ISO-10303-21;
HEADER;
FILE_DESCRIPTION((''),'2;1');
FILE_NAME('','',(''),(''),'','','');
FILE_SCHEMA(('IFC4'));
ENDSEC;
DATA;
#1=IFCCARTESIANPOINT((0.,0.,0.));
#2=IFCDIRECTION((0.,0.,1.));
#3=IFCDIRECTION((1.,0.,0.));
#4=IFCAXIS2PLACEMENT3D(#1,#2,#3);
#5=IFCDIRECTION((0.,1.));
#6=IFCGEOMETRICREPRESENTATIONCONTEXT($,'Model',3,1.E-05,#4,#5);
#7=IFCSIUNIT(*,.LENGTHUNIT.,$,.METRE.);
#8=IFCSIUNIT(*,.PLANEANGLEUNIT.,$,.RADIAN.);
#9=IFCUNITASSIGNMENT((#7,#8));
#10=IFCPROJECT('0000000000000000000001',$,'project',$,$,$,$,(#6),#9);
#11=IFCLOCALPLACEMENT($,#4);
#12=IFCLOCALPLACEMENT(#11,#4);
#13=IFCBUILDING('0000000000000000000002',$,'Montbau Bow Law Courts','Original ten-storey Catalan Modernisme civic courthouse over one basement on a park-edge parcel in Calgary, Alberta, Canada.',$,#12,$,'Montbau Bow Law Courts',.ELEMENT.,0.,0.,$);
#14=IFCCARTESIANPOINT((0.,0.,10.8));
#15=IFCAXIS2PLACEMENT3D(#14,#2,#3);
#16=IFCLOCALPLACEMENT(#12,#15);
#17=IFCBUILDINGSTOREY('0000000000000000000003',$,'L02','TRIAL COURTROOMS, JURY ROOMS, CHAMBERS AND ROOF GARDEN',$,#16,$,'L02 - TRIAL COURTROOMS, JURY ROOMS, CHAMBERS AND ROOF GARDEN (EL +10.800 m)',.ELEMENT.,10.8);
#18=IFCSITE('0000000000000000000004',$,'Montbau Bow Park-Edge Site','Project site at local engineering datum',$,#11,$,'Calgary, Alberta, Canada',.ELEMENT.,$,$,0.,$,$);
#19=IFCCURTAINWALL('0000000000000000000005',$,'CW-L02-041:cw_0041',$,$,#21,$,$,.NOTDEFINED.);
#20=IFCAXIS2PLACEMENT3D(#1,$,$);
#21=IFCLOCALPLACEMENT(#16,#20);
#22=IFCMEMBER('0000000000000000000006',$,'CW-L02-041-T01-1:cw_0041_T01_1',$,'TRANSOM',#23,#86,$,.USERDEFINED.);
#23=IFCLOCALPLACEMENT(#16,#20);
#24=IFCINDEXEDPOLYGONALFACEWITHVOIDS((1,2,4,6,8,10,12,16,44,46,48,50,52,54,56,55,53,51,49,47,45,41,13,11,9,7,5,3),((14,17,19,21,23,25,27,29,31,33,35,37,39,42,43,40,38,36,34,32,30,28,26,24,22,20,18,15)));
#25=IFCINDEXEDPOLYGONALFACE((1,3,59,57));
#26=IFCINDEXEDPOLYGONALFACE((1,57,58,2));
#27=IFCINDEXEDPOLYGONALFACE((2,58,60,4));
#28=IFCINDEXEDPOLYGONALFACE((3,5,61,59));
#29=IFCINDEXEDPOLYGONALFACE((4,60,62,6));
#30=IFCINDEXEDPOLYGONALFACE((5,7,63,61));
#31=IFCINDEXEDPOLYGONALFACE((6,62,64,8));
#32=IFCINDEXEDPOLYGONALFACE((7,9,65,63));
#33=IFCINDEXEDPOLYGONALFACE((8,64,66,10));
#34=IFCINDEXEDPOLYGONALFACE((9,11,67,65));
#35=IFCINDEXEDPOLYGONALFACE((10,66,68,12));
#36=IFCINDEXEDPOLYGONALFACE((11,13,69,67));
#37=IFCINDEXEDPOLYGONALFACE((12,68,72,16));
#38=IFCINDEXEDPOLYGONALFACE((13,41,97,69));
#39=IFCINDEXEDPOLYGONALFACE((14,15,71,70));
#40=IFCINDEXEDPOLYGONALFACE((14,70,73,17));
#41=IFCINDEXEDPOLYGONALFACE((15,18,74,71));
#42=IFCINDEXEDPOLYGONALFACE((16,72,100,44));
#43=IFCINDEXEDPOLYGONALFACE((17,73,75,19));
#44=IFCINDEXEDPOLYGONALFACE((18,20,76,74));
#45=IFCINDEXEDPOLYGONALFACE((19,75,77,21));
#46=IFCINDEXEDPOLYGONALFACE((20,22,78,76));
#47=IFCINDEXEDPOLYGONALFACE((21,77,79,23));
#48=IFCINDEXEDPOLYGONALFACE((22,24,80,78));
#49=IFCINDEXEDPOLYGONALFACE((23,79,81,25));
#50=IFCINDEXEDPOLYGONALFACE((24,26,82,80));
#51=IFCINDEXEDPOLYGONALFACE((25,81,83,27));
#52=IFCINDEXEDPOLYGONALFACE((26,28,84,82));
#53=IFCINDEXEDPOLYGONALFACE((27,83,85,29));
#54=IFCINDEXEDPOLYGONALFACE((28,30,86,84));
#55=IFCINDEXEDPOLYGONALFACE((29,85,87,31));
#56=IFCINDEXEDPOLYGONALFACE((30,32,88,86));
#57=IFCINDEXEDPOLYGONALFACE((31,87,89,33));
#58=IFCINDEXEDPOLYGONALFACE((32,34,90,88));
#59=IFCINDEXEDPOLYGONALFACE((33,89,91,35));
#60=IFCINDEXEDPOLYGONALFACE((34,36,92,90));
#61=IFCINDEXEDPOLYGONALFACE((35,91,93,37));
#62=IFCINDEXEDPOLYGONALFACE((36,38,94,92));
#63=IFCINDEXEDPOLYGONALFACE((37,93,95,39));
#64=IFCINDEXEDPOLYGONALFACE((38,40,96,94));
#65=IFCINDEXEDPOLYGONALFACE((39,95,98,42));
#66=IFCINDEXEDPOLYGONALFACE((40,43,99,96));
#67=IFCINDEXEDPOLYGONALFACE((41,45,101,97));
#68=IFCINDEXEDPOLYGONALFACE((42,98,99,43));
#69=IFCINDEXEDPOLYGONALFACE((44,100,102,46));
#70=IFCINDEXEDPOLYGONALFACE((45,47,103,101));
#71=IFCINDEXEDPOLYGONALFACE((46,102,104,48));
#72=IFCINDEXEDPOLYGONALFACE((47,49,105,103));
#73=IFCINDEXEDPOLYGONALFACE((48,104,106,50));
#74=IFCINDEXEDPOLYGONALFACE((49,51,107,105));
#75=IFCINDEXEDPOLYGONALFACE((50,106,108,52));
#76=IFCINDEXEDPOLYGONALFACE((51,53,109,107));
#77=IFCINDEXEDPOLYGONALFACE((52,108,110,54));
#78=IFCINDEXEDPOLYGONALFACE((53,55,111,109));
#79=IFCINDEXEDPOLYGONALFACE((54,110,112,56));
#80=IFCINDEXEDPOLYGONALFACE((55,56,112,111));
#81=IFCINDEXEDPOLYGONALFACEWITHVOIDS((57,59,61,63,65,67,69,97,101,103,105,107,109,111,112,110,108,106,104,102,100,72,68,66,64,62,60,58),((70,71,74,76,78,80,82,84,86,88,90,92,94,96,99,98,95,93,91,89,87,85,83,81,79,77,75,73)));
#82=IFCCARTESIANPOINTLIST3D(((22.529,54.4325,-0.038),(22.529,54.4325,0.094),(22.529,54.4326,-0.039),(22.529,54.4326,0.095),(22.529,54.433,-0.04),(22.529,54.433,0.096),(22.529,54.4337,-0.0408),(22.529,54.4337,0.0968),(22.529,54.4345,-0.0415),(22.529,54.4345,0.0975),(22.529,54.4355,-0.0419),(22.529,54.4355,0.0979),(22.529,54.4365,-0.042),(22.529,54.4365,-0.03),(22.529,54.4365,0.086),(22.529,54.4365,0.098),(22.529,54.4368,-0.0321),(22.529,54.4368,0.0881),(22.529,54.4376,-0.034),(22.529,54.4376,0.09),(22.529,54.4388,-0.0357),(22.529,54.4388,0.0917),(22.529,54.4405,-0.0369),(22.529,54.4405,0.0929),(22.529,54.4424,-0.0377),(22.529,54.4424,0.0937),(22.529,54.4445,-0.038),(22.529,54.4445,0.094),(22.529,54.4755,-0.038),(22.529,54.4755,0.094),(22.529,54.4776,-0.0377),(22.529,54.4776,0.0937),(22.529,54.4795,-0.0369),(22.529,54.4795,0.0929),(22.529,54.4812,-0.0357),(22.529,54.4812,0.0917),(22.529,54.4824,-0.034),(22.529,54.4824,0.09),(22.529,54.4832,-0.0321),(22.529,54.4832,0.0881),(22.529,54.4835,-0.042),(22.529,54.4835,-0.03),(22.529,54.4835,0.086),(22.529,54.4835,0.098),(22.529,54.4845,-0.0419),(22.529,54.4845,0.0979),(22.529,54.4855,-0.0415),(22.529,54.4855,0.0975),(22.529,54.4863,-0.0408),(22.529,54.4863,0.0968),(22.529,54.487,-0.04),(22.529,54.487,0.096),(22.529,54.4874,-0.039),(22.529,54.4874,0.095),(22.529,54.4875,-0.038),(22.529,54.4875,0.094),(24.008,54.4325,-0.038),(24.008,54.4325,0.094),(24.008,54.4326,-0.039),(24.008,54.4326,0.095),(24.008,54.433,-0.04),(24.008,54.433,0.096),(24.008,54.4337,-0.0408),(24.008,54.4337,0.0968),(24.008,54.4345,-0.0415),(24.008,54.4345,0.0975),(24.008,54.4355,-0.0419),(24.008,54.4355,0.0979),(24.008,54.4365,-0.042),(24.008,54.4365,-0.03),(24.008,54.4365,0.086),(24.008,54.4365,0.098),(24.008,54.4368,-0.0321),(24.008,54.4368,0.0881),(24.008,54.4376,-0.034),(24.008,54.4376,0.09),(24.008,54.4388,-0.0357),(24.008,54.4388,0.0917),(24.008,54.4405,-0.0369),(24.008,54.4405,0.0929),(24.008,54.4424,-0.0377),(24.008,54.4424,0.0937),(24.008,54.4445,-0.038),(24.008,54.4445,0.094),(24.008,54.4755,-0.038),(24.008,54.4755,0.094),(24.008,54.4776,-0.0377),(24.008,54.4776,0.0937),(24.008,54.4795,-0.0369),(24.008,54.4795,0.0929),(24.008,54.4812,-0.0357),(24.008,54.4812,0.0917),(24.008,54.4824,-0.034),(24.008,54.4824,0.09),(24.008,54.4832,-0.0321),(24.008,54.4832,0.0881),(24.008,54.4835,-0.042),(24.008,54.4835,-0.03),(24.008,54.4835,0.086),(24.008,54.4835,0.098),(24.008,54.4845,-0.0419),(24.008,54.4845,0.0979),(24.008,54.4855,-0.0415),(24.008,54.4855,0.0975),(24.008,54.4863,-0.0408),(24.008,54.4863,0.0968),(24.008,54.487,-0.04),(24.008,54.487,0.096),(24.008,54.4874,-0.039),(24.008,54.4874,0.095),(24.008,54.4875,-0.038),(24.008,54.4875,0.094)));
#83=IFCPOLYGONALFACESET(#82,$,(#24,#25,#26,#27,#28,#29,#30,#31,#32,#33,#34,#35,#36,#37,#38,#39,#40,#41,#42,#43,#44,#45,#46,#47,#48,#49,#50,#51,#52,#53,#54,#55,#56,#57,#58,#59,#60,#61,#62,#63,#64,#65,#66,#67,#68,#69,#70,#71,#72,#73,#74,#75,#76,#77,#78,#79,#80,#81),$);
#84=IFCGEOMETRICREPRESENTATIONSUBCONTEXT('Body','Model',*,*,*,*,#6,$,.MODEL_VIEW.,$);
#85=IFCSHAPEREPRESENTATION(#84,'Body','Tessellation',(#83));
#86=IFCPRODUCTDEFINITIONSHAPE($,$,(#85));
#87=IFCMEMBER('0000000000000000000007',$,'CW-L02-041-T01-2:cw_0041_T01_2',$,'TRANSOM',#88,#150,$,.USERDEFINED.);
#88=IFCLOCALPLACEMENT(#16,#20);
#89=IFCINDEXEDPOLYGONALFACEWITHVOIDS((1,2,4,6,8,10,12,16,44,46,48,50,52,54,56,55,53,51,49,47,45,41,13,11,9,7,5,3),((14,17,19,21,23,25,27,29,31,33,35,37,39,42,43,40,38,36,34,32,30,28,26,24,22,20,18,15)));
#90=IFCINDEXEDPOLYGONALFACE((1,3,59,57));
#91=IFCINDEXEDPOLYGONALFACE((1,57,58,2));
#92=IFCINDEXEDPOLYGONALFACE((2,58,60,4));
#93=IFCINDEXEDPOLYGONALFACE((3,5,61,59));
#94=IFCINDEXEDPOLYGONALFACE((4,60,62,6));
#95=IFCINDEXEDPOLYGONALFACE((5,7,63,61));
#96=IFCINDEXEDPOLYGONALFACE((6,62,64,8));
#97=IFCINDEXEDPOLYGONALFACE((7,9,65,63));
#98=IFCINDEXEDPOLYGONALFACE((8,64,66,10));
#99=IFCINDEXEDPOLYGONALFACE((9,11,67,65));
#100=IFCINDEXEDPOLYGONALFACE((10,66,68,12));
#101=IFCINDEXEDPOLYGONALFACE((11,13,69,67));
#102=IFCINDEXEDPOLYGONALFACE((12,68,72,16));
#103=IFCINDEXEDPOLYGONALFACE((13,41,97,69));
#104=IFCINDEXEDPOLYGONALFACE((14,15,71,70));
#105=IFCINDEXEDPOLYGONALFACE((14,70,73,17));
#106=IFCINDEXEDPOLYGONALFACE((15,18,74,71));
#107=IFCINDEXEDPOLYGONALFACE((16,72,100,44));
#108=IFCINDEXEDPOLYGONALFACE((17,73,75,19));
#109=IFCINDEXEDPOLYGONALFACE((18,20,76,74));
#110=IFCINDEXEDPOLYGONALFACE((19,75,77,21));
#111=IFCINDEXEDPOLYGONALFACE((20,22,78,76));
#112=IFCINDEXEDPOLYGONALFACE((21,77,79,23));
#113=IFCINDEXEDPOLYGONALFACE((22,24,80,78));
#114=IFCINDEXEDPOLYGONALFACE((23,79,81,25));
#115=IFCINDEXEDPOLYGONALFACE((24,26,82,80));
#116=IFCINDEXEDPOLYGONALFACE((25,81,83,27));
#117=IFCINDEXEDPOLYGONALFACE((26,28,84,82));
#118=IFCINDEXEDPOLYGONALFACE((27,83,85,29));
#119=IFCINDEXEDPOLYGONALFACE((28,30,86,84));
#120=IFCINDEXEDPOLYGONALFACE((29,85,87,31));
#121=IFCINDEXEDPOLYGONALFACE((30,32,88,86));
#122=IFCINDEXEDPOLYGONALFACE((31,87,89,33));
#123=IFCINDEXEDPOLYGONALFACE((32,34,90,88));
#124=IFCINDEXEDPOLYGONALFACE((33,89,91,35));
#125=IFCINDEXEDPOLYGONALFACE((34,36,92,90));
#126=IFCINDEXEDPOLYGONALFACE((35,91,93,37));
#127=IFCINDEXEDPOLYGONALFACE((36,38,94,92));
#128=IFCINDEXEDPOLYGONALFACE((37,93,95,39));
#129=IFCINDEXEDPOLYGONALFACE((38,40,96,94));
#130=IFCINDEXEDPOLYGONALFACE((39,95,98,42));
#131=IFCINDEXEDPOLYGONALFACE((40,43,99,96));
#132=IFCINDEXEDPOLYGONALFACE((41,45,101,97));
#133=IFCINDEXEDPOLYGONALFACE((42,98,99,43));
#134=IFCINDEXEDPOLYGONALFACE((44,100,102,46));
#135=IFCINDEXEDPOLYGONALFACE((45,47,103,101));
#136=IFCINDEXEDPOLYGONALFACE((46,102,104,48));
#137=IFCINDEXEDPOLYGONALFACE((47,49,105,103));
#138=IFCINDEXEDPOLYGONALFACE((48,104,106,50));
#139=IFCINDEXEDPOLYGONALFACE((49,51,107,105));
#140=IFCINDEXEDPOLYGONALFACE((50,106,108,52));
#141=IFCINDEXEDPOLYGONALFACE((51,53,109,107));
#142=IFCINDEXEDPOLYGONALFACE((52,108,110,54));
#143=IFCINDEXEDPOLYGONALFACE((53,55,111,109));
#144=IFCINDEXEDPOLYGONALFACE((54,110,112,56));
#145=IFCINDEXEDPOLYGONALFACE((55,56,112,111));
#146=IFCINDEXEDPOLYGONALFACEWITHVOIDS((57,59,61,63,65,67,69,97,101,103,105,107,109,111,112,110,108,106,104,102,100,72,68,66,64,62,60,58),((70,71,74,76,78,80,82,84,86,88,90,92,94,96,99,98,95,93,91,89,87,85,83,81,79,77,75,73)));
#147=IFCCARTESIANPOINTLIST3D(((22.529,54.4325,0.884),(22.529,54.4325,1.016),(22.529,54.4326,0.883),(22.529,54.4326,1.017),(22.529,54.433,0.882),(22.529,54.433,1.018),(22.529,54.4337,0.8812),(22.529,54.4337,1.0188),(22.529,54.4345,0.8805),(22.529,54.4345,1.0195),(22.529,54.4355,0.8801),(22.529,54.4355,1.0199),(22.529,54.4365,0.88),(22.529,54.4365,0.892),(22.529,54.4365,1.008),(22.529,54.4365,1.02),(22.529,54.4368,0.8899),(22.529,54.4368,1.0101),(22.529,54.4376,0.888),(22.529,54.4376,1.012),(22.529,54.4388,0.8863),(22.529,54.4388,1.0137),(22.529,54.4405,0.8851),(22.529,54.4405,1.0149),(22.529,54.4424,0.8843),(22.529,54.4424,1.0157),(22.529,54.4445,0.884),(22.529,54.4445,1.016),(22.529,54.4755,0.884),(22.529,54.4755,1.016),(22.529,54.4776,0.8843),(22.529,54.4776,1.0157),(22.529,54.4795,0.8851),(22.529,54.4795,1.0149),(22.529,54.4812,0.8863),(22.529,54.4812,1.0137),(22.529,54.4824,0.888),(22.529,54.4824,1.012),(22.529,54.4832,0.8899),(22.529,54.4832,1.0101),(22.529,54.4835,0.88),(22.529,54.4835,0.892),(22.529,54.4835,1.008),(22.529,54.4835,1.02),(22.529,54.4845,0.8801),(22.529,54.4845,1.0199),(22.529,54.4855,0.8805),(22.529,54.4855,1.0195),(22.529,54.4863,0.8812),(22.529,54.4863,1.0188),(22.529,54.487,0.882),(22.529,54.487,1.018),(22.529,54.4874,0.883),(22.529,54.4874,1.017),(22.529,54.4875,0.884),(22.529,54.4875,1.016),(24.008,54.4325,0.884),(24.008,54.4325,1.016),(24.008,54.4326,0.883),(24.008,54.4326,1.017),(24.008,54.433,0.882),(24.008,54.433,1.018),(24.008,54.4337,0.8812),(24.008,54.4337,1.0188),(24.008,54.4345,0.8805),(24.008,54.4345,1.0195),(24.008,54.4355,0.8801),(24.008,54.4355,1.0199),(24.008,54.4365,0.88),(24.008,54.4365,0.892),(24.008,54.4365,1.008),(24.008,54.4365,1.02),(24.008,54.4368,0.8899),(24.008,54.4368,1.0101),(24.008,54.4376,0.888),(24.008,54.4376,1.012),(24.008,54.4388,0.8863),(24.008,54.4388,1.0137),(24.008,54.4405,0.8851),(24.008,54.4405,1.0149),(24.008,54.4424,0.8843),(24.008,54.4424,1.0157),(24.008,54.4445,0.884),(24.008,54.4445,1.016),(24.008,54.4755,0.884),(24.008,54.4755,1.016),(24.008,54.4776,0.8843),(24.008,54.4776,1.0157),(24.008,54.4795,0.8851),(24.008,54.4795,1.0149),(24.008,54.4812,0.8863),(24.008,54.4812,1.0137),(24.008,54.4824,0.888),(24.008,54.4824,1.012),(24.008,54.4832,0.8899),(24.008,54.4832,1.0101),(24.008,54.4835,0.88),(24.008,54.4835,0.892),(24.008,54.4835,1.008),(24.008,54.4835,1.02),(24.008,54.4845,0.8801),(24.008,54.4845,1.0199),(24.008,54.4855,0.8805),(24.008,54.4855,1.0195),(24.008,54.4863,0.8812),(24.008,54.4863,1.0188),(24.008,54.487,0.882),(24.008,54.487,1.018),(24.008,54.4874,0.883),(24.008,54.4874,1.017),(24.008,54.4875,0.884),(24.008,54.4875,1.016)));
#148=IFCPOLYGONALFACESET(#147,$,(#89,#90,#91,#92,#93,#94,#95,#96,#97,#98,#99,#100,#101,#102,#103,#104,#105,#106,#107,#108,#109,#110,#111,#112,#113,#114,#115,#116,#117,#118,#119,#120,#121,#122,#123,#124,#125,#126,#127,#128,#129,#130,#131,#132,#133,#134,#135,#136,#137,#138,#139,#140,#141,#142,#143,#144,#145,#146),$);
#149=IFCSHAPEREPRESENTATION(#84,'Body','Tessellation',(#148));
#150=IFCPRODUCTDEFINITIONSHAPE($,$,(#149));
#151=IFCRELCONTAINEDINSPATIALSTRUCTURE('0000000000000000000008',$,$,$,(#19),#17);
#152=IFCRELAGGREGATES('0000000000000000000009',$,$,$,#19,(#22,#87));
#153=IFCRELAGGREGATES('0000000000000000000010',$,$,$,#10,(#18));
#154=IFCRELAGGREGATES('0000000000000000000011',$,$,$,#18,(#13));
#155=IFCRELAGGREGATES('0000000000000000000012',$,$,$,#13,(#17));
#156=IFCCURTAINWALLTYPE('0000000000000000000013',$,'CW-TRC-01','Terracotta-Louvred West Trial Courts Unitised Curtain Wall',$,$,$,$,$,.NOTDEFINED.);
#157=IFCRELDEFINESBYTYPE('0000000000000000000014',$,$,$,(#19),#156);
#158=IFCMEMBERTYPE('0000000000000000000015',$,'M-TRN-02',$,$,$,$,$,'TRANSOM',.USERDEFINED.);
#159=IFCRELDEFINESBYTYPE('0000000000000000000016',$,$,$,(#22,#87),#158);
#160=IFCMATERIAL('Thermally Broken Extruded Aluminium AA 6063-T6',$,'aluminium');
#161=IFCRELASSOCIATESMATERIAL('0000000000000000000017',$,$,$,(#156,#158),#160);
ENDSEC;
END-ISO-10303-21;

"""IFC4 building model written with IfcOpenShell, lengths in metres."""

from ifc_helpers import new_model, si_unit, direction, frame, origin_with_axes, origin_2d_with_axis, place, context, subcontext, project, spatial, hollow_rectangle, extrude, material, material_profile, profile_set, type_object, element, aggregate, save


model = new_model("IFC4")

# Units and contexts
model_context = context("Model", 3, precision=1e-05, world=origin_with_axes(), true_north=direction((0.0, 1.0)))
body_context = subcontext(model_context, "Body", "Model", "MODEL_VIEW")
ifc_project = project(units=[si_unit("LENGTHUNIT", "METRE"), si_unit("PLANEANGLEUNIT", "RADIAN")], contexts=[model_context])

# Site, building, storey
site_placement = place(None, origin_with_axes())
site = spatial("IfcSite", under=ifc_project, at=site_placement, Name="Montbau Bow Park-Edge Site", Description="Project site at local engineering datum", LongName="Calgary, Alberta, Canada", CompositionType="ELEMENT", RefElevation=0.0)
building_placement = place(site_placement, origin_with_axes())
building = spatial("IfcBuilding", under=site, at=building_placement, Name="Montbau Bow Law Courts", Description="Original ten-storey Catalan Modernisme civic courthouse over one basement on a park-edge parcel in Calgary, Alberta, Canada.", LongName="Montbau Bow Law Courts", CompositionType="ELEMENT", ElevationOfRefHeight=0.0, ElevationOfTerrain=0.0)
storey_placement = place(building_placement, frame((0.0, 0.0, 10.8), z_axis=(0.0, 0.0, 1.0), x_axis=(1.0, 0.0, 0.0)))
storey = spatial("IfcBuildingStorey", under=building, at=storey_placement, Name="L02", Description="TRIAL COURTROOMS, JURY ROOMS, CHAMBERS AND ROOF GARDEN", LongName="L02 - TRIAL COURTROOMS, JURY ROOMS, CHAMBERS AND ROOF GARDEN (EL +10.800 m)", CompositionType="ELEMENT", Elevation=10.8)

# Curtain wall, members
ifc_material_1 = material(Name="Thermally Broken Extruded Aluminium AA 6063-T6", Category="aluminium")
curtain_wall_type = type_object("IfcCurtainWallType", Name="CW-TRC-01", Description="Terracotta-Louvred West Trial Courts Unitised Curtain Wall", PredefinedType="NOTDEFINED", material=ifc_material_1)
curtain_wall_placement = place(None, frame((22.467, 54.46, 10.8), z_axis=(0.0, 0.0, 1.0), x_axis=(1.0, 0.0, 0.0)))
curtain_wall = element("IfcCurtainWall", 1, at=curtain_wall_placement, inside=storey, type_object=curtain_wall_type, Name="CW-L02-041:cw_0041", PredefinedType="NOTDEFINED")
ifc_material_profile_1 = material_profile(ifc_material_1, hollow_rectangle(XDim=0.055, YDim=0.14, WallThickness=0.004, InnerFilletRadius=0.008, OuterFilletRadius=0.004, at=origin_2d_with_axis()), Name="CWT-140X55", Category="Main", Priority=0)
ifc_profile_set_1 = profile_set([ifc_material_profile_1], Name="Thermally Broken Extruded Aluminium AA 6063-T6")
member_type_1 = type_object("IfcMemberType", Name="M-TRN-02", ElementType="TRANSOM", PredefinedType="USERDEFINED", material=ifc_profile_set_1)
member_1_placement = place(None, frame((22.529, 54.46, 10.828), z_axis=(1.0, 0.0, 0.0), x_axis=(0.0, 1.0, 0.0)))
member_1 = element("IfcMember", 2, at=member_1_placement, type_object=member_type_1, Name="CW-L02-041-T01-1:cw_0041_T01_1", ObjectType="TRANSOM", PredefinedType="USERDEFINED", context=body_context, shape_type="SweptSolid", body=[
    extrude(hollow_rectangle(XDim=0.055, YDim=0.14, WallThickness=0.004, InnerFilletRadius=0.008, OuterFilletRadius=0.004, at=origin_2d_with_axis()), origin_with_axes(), (0.0, 0.0, 1.0), 1.479),
])
member_2_placement = place(None, frame((22.529, 54.46, 11.75), z_axis=(1.0, 0.0, 0.0), x_axis=(0.0, 1.0, 0.0)))
member_2 = element("IfcMember", 3, at=member_2_placement, type_object=member_type_1, Name="CW-L02-041-T01-2:cw_0041_T01_2", ObjectType="TRANSOM", PredefinedType="USERDEFINED", context=body_context, shape_type="SweptSolid", body=[
    extrude(hollow_rectangle(XDim=0.055, YDim=0.14, WallThickness=0.004, InnerFilletRadius=0.008, OuterFilletRadius=0.004, at=origin_2d_with_axis()), origin_with_axes(), (0.0, 0.0, 1.0), 1.479),
])
aggregate(curtain_wall, [member_1, member_2])

save(model, "model.ifc")
